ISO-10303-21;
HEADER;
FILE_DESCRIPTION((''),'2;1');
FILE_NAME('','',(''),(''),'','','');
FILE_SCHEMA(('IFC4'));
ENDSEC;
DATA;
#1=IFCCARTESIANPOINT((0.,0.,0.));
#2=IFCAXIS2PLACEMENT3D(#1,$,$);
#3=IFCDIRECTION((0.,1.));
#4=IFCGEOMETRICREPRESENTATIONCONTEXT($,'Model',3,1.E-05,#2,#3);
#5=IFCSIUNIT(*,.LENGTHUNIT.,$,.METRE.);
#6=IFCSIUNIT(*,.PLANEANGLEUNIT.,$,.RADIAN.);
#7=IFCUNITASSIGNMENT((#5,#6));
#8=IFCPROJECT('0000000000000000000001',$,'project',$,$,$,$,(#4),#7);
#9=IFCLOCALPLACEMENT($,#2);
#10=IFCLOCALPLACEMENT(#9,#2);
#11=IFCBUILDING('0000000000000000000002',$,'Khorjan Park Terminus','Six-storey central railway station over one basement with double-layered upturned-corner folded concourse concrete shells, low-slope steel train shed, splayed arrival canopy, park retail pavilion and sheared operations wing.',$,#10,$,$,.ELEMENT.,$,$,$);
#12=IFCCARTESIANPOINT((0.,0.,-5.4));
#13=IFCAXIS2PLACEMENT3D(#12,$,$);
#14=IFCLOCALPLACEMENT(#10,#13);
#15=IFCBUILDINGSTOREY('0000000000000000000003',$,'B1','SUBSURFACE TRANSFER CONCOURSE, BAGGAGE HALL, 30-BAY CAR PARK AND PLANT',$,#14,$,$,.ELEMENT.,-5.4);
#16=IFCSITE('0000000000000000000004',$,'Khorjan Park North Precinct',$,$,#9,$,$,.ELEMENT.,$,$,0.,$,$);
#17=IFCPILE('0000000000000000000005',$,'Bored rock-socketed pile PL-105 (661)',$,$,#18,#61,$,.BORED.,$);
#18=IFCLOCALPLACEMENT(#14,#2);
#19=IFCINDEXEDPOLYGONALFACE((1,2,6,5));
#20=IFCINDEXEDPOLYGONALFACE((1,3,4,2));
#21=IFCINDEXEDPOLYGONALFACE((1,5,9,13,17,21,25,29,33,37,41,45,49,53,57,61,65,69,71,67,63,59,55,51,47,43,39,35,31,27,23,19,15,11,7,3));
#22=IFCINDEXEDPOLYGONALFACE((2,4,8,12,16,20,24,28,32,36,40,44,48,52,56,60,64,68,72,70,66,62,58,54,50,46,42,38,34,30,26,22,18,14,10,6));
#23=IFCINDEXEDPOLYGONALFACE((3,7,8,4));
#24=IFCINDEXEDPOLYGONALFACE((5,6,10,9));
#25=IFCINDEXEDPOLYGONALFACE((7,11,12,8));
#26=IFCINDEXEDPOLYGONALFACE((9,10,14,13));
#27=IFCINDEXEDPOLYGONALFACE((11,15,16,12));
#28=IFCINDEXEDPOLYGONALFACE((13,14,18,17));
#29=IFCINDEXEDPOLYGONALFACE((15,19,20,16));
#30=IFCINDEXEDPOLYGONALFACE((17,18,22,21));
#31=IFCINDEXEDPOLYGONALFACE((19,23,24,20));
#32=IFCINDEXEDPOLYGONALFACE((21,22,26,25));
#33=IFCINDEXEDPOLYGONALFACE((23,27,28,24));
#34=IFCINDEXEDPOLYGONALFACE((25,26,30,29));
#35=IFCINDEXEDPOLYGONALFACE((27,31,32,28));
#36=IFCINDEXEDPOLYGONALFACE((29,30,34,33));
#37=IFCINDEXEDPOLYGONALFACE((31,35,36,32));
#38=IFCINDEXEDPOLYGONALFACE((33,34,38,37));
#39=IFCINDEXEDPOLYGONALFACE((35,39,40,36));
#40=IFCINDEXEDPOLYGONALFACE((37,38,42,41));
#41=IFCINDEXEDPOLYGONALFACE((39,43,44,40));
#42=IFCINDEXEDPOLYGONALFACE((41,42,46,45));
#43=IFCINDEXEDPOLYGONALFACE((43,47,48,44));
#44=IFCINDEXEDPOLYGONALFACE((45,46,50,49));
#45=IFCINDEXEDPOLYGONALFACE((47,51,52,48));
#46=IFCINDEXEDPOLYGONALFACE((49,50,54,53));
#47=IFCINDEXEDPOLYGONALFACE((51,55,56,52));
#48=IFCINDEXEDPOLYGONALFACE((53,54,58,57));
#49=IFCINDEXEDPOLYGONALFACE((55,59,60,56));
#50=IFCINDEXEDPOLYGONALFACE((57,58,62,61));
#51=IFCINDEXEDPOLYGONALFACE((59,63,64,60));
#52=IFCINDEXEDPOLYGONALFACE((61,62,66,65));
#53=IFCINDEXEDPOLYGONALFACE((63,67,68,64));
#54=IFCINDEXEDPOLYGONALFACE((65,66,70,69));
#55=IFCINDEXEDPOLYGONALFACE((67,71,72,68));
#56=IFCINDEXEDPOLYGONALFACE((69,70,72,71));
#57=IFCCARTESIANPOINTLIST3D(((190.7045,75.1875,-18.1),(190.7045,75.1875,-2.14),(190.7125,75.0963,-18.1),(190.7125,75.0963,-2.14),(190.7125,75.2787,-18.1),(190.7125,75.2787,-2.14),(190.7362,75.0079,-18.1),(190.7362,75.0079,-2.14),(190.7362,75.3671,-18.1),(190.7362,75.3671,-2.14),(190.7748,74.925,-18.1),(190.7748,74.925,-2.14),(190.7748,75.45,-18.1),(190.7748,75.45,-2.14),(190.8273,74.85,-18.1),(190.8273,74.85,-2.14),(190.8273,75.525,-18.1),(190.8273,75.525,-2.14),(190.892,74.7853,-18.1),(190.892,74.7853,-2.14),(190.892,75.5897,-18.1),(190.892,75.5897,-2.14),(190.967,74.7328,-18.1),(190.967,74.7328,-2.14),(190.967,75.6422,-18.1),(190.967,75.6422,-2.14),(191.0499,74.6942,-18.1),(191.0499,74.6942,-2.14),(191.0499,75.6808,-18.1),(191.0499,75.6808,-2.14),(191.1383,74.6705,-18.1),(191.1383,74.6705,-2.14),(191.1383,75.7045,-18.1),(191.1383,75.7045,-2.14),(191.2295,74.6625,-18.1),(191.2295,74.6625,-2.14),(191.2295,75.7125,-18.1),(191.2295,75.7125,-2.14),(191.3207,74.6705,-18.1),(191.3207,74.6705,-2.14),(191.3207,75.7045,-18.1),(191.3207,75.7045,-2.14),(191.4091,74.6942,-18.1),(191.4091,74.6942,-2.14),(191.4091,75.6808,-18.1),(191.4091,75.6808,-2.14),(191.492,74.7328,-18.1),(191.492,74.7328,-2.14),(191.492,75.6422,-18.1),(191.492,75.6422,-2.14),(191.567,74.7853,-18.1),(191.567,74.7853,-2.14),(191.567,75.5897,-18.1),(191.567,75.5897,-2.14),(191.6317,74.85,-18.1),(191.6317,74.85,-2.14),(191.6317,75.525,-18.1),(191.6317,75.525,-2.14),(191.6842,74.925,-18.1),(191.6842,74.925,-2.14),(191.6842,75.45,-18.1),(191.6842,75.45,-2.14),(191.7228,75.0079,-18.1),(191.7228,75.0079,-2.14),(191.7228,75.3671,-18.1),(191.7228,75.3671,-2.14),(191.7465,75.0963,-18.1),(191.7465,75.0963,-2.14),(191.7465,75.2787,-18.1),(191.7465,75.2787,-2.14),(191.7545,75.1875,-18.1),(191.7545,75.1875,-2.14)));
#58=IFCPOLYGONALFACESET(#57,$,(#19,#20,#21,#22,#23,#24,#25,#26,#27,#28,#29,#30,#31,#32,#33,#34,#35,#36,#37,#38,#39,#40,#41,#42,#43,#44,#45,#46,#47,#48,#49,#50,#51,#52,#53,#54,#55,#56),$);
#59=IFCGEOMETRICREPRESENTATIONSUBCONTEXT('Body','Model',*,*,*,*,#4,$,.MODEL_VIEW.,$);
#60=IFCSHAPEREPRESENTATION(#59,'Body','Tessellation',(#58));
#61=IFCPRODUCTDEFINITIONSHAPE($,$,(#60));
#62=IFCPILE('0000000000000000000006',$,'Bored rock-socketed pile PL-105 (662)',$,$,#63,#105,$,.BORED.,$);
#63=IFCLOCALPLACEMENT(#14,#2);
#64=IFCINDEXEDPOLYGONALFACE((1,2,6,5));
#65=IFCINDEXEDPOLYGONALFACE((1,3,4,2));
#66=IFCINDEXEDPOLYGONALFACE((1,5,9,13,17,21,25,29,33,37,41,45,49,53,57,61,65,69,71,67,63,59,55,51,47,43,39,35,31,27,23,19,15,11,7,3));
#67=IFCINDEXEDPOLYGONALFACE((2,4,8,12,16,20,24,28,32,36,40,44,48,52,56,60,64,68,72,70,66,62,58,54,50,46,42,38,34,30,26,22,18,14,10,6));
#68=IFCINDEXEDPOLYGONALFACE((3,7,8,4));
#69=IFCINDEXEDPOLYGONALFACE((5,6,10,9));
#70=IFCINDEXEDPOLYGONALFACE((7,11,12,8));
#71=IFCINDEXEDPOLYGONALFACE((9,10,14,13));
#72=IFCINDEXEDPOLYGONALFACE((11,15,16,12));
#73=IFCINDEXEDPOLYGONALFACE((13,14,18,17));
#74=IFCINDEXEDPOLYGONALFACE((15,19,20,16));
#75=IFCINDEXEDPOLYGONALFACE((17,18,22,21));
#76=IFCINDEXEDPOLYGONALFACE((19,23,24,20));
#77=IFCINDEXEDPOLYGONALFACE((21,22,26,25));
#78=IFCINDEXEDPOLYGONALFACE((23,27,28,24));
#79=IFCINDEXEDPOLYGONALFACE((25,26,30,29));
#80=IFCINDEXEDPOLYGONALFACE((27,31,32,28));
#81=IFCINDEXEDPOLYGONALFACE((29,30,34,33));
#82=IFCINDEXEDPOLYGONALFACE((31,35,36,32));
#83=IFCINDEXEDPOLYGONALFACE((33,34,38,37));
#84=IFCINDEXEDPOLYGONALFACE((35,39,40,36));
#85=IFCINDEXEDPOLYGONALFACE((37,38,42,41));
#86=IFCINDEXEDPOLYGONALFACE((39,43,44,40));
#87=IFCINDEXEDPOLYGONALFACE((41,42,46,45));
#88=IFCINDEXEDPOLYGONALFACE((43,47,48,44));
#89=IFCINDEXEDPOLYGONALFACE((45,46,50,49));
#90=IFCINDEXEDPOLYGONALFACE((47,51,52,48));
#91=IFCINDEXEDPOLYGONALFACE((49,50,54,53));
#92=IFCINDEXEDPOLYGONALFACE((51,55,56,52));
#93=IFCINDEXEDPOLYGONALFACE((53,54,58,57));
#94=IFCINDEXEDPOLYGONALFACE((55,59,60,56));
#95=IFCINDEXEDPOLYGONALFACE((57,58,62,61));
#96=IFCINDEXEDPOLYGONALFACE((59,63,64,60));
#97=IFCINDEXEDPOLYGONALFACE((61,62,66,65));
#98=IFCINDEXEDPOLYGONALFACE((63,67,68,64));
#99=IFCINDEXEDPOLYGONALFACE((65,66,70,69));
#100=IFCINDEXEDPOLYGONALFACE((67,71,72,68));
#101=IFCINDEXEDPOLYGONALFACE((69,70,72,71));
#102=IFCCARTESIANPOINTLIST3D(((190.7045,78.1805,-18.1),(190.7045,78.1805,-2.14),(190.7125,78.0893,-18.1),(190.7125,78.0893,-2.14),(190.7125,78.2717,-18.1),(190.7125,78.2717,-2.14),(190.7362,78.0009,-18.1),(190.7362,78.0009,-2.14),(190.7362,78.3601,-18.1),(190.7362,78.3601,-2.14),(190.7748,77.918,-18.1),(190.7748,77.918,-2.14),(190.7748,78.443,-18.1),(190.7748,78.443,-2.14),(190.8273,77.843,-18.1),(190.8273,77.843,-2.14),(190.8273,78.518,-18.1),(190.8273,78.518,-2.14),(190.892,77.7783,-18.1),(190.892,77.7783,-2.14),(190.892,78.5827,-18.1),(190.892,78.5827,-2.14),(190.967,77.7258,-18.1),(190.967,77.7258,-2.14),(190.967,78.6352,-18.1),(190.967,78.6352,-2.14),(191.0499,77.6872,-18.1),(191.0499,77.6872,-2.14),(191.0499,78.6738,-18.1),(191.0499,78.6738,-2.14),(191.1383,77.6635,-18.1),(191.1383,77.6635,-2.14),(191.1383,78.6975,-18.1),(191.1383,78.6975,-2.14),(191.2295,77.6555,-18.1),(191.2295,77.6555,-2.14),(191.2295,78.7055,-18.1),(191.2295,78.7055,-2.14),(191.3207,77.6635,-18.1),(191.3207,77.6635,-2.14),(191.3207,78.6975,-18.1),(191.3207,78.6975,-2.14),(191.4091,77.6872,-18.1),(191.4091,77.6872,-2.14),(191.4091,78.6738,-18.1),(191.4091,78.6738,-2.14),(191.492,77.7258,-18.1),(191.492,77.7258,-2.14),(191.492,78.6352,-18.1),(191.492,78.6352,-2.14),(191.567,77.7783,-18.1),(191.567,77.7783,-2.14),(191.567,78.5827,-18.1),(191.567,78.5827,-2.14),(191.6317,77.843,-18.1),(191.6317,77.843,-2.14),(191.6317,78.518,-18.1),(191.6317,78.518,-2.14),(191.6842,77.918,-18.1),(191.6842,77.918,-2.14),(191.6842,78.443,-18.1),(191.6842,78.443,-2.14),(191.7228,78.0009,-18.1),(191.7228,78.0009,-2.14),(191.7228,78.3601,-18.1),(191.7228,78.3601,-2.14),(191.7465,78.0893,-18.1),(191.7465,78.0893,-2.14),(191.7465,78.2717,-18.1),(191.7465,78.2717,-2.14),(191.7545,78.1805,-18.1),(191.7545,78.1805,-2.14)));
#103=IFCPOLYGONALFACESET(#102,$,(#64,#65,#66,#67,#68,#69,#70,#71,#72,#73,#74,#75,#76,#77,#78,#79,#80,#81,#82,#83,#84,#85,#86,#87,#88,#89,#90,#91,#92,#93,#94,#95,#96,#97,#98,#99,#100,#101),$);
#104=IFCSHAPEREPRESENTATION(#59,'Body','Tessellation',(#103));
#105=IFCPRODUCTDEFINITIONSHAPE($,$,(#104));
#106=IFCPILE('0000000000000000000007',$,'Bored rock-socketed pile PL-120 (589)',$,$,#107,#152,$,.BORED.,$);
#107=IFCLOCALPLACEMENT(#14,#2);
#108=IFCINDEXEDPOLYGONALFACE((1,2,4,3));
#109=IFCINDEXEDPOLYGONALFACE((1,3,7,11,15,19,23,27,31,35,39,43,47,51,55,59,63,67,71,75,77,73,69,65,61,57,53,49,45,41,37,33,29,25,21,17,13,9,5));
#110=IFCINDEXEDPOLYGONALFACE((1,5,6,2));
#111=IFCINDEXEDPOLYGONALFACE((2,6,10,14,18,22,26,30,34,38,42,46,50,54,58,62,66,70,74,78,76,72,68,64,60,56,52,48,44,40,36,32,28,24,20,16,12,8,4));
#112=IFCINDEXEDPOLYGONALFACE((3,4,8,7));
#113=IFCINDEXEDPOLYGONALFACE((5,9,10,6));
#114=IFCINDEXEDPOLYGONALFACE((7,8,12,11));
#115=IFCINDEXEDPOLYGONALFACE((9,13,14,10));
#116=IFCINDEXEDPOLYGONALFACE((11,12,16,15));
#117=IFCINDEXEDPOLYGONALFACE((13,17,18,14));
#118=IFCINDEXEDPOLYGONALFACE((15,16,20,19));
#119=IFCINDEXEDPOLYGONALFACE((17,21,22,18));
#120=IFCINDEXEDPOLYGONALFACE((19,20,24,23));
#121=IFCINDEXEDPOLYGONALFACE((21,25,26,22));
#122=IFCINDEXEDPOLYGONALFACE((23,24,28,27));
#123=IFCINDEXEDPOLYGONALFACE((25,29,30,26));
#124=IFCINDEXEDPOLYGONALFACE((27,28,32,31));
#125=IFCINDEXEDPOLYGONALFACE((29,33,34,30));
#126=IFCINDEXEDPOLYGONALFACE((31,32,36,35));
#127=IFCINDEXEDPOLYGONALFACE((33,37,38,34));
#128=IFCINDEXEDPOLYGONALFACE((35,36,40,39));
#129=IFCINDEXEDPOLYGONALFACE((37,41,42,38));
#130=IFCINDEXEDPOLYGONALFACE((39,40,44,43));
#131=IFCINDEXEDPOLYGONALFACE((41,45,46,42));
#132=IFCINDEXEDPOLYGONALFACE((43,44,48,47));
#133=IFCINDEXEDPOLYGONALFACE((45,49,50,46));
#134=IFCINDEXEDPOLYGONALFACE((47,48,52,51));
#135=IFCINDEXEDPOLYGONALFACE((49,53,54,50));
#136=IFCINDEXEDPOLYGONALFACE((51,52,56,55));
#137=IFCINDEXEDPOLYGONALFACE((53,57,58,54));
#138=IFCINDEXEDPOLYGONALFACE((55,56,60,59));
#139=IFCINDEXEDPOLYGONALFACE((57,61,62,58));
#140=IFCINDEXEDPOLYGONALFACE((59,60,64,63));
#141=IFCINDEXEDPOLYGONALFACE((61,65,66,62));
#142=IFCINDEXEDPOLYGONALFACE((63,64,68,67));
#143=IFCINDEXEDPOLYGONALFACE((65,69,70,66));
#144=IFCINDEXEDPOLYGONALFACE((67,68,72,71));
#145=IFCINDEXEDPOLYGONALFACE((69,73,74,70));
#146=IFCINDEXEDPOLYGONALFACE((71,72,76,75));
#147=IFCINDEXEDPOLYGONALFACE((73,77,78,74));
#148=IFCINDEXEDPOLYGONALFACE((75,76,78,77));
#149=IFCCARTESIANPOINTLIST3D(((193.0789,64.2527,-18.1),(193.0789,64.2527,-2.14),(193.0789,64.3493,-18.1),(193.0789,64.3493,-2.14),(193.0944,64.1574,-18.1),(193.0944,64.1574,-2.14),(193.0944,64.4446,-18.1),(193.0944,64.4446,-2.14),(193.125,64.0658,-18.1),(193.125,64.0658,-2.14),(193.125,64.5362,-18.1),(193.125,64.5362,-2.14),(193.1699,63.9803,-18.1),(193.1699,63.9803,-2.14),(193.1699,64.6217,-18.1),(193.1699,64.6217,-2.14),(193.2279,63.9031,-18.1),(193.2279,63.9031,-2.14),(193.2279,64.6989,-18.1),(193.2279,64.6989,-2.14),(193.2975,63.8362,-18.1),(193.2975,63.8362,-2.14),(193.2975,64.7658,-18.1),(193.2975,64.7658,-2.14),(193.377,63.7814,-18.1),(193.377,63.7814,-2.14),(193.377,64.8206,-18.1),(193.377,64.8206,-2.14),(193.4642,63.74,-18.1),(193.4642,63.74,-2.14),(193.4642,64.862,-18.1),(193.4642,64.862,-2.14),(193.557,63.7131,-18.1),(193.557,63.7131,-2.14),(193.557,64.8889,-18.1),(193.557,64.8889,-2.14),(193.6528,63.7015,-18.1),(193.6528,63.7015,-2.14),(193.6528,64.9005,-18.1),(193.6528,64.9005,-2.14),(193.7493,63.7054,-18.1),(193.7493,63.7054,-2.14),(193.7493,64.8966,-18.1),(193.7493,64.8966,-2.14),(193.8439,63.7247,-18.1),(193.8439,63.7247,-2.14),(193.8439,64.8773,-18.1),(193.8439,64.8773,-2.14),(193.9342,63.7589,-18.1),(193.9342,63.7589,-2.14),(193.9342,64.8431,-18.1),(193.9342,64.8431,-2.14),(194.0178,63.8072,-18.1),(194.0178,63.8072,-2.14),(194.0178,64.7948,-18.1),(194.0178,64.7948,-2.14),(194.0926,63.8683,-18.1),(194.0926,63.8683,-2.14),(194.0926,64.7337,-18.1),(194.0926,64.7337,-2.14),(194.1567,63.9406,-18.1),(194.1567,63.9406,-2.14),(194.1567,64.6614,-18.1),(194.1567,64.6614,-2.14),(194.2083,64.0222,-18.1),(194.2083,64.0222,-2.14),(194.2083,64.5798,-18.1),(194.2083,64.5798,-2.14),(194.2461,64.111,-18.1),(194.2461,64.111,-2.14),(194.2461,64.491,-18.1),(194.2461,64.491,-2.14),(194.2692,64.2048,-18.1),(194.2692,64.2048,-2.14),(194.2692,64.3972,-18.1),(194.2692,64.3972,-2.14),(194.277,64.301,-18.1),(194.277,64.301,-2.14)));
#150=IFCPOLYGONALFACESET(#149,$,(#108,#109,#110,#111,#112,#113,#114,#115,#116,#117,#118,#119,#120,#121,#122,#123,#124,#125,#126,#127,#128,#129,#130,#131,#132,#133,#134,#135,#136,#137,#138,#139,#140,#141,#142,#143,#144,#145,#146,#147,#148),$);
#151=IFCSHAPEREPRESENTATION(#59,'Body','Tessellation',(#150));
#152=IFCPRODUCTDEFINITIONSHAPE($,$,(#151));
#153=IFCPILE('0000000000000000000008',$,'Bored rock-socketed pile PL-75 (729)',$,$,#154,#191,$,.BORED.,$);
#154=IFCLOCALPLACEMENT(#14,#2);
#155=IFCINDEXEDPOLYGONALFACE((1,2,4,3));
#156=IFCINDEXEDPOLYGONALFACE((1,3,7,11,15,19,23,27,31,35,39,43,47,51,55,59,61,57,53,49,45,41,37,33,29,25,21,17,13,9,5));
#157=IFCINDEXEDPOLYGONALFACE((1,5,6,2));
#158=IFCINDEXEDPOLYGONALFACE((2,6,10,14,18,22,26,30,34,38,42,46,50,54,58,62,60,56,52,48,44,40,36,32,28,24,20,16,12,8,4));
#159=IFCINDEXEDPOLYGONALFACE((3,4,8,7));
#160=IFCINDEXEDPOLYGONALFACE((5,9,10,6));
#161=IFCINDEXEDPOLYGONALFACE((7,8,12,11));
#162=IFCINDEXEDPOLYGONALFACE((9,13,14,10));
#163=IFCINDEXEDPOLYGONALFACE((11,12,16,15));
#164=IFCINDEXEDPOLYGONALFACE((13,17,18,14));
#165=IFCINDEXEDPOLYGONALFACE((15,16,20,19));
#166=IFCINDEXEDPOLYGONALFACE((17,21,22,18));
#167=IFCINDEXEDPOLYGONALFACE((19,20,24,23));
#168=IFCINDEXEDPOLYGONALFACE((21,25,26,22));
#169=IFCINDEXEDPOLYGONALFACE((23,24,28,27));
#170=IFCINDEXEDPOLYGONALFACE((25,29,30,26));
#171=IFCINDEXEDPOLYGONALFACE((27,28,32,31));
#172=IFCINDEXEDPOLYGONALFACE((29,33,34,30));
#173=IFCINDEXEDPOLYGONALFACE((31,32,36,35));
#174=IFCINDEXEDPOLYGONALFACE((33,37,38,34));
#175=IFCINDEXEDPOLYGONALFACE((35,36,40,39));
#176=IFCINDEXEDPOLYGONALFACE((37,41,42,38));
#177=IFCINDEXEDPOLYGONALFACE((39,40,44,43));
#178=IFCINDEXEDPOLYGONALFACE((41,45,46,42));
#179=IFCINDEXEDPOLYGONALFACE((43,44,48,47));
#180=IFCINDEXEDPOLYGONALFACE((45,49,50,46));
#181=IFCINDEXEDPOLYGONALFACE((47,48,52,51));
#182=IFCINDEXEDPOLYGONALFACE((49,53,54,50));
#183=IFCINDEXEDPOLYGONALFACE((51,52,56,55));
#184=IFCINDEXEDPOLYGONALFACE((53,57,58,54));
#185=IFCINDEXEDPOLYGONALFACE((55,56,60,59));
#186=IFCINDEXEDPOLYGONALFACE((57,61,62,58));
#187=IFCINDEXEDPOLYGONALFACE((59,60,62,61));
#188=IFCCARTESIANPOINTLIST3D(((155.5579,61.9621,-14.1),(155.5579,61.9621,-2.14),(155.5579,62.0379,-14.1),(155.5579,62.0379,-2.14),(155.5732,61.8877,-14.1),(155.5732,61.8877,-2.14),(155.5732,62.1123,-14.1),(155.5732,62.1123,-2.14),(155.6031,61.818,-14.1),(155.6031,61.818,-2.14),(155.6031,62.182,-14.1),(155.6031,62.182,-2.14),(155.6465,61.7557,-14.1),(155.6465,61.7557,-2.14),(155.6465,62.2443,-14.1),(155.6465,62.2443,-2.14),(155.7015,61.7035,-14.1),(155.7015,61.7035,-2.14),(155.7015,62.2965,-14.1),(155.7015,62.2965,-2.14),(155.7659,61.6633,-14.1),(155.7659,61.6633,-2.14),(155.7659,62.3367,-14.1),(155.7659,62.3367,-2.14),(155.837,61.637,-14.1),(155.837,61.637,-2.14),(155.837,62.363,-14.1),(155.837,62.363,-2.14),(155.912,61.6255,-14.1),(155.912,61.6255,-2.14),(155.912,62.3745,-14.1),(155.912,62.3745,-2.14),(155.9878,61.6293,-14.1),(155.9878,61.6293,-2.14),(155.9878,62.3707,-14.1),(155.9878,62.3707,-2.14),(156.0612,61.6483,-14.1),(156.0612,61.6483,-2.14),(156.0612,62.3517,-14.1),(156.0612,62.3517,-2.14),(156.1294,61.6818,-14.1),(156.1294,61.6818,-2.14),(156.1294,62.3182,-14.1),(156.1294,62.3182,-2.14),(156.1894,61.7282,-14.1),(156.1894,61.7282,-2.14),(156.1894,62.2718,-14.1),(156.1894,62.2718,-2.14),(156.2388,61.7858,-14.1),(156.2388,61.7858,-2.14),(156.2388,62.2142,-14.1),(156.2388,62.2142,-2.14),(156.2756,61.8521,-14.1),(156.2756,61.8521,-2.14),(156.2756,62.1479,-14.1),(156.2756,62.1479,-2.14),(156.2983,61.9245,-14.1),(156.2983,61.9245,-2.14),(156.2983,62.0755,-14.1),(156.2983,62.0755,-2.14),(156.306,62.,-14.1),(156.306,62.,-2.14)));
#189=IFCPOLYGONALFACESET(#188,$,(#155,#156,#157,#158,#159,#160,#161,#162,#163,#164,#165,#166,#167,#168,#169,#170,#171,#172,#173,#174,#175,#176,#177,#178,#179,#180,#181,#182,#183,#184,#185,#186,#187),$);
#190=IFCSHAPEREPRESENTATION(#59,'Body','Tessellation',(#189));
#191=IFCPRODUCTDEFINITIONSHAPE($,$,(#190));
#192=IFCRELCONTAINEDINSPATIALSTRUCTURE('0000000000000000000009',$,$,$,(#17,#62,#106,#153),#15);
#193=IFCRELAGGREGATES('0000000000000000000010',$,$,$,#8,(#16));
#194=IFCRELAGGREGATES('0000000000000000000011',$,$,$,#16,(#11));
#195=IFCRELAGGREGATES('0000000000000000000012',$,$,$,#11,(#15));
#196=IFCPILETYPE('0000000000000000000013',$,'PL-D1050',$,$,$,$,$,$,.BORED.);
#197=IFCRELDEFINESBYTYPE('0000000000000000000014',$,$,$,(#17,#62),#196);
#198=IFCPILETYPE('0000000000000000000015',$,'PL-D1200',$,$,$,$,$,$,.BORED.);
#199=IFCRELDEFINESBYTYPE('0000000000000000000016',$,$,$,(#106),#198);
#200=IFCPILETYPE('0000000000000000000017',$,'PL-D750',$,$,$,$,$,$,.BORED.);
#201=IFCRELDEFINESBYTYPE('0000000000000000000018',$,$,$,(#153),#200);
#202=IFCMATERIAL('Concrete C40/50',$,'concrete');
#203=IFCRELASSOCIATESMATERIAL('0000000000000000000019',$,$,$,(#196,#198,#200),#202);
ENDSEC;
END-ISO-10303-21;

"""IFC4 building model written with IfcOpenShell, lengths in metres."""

from ifc_helpers import new_model, si_unit, direction, frame, origin, origin_2d, place, context, subcontext, project, spatial, circle, extrude, material, material_profile, profile_set, type_object, element, save


model = new_model("IFC4")

# Units and contexts
model_context = context("Model", 3, precision=1e-05, world=origin(), true_north=direction((0.0, 1.0)))
body_context = subcontext(model_context, "Body", "Model", "MODEL_VIEW")
ifc_project = project(units=[si_unit("LENGTHUNIT", "METRE"), si_unit("PLANEANGLEUNIT", "RADIAN")], contexts=[model_context])

# Site, building, storey
site_placement = place(None, origin())
site = spatial("IfcSite", under=ifc_project, at=site_placement, Name="Khorjan Park North Precinct", CompositionType="ELEMENT", RefElevation=0.0)
building_placement = place(site_placement, origin())
building = spatial("IfcBuilding", under=site, at=building_placement, Name="Khorjan Park Terminus", Description="Six-storey central railway station over one basement with double-layered upturned-corner folded concourse concrete shells, low-slope steel train shed, splayed arrival canopy, park retail pavilion and sheared operations wing.", CompositionType="ELEMENT")
storey_placement = place(building_placement, frame((0.0, 0.0, -5.4)))
storey = spatial("IfcBuildingStorey", under=building, at=storey_placement, Name="B1", Description="SUBSURFACE TRANSFER CONCOURSE, BAGGAGE HALL, 30-BAY CAR PARK AND PLANT", CompositionType="ELEMENT", Elevation=-5.4)

# Piles
ifc_material_1 = material(Name="Concrete C40/50", Category="concrete")
ifc_material_profile_1 = material_profile(ifc_material_1, circle(Radius=0.525, at=origin_2d()), Name="BORED D1050")
ifc_profile_set_1 = profile_set([ifc_material_profile_1], Name="Concrete C40/50")
pile_type_1 = type_object("IfcPileType", Name="PL-D1050", PredefinedType="BORED", material=ifc_profile_set_1)
for number, where, z_axis, x_axis, name in (
    (1, (191.2295, 75.1875, -2.14), (0.0, 0.0, -1.0), (1.0, 0.0, 0.0), "Bored rock-socketed pile PL-105 (661)"),
    (2, (191.2295, 78.1805, -2.14), (0.0, 0.0, -1.0), (1.0, 0.0, 0.0), "Bored rock-socketed pile PL-105 (662)"),
):
    element("IfcPile", number, at=place(storey_placement, frame(where, z_axis=z_axis, x_axis=x_axis)), inside=storey, type_object=pile_type_1, Name=name, PredefinedType="BORED", context=body_context, shape_type="SweptSolid", body=[
        extrude(circle(Radius=0.525, at=origin_2d()), origin(), (0.0, 0.0, 1.0), 15.96),
    ])
ifc_material_profile_2 = material_profile(ifc_material_1, circle(Radius=0.6, at=origin_2d()), Name="BORED D1200")
ifc_profile_set_2 = profile_set([ifc_material_profile_2], Name="Concrete C40/50")
pile_type_2 = type_object("IfcPileType", Name="PL-D1200", PredefinedType="BORED", material=ifc_profile_set_2)
pile_placement = place(storey_placement, frame((193.677, 64.301, -2.14), z_axis=(0.0, 0.0, -1.0), x_axis=(1.0, 0.0, 0.0)))
element("IfcPile", 3, at=pile_placement, inside=storey, type_object=pile_type_2, Name="Bored rock-socketed pile PL-120 (589)", PredefinedType="BORED", context=body_context, shape_type="SweptSolid", body=[
    extrude(circle(Radius=0.6, at=origin_2d()), origin(), (0.0, 0.0, 1.0), 15.96),
])
ifc_material_profile_3 = material_profile(ifc_material_1, circle(Radius=0.375, at=origin_2d()), Name="BORED D750")
ifc_profile_set_3 = profile_set([ifc_material_profile_3], Name="Concrete C40/50")
pile_type_3 = type_object("IfcPileType", Name="PL-D750", PredefinedType="BORED", material=ifc_profile_set_3)
for number, where, z_axis, x_axis, name in (
    (4, (155.931, 62.0, -2.14), (0.0, 0.0, -1.0), (1.0, 0.0, 0.0), "Bored rock-socketed pile PL-75 (729)"),
):
    element("IfcPile", number, at=place(storey_placement, frame(where, z_axis=z_axis, x_axis=x_axis)), inside=storey, type_object=pile_type_3, Name=name, PredefinedType="BORED", context=body_context, shape_type="SweptSolid", body=[
        extrude(circle(Radius=0.375, at=origin_2d()), origin(), (0.0, 0.0, 1.0), 11.96),
    ])

save(model, "model.ifc")
